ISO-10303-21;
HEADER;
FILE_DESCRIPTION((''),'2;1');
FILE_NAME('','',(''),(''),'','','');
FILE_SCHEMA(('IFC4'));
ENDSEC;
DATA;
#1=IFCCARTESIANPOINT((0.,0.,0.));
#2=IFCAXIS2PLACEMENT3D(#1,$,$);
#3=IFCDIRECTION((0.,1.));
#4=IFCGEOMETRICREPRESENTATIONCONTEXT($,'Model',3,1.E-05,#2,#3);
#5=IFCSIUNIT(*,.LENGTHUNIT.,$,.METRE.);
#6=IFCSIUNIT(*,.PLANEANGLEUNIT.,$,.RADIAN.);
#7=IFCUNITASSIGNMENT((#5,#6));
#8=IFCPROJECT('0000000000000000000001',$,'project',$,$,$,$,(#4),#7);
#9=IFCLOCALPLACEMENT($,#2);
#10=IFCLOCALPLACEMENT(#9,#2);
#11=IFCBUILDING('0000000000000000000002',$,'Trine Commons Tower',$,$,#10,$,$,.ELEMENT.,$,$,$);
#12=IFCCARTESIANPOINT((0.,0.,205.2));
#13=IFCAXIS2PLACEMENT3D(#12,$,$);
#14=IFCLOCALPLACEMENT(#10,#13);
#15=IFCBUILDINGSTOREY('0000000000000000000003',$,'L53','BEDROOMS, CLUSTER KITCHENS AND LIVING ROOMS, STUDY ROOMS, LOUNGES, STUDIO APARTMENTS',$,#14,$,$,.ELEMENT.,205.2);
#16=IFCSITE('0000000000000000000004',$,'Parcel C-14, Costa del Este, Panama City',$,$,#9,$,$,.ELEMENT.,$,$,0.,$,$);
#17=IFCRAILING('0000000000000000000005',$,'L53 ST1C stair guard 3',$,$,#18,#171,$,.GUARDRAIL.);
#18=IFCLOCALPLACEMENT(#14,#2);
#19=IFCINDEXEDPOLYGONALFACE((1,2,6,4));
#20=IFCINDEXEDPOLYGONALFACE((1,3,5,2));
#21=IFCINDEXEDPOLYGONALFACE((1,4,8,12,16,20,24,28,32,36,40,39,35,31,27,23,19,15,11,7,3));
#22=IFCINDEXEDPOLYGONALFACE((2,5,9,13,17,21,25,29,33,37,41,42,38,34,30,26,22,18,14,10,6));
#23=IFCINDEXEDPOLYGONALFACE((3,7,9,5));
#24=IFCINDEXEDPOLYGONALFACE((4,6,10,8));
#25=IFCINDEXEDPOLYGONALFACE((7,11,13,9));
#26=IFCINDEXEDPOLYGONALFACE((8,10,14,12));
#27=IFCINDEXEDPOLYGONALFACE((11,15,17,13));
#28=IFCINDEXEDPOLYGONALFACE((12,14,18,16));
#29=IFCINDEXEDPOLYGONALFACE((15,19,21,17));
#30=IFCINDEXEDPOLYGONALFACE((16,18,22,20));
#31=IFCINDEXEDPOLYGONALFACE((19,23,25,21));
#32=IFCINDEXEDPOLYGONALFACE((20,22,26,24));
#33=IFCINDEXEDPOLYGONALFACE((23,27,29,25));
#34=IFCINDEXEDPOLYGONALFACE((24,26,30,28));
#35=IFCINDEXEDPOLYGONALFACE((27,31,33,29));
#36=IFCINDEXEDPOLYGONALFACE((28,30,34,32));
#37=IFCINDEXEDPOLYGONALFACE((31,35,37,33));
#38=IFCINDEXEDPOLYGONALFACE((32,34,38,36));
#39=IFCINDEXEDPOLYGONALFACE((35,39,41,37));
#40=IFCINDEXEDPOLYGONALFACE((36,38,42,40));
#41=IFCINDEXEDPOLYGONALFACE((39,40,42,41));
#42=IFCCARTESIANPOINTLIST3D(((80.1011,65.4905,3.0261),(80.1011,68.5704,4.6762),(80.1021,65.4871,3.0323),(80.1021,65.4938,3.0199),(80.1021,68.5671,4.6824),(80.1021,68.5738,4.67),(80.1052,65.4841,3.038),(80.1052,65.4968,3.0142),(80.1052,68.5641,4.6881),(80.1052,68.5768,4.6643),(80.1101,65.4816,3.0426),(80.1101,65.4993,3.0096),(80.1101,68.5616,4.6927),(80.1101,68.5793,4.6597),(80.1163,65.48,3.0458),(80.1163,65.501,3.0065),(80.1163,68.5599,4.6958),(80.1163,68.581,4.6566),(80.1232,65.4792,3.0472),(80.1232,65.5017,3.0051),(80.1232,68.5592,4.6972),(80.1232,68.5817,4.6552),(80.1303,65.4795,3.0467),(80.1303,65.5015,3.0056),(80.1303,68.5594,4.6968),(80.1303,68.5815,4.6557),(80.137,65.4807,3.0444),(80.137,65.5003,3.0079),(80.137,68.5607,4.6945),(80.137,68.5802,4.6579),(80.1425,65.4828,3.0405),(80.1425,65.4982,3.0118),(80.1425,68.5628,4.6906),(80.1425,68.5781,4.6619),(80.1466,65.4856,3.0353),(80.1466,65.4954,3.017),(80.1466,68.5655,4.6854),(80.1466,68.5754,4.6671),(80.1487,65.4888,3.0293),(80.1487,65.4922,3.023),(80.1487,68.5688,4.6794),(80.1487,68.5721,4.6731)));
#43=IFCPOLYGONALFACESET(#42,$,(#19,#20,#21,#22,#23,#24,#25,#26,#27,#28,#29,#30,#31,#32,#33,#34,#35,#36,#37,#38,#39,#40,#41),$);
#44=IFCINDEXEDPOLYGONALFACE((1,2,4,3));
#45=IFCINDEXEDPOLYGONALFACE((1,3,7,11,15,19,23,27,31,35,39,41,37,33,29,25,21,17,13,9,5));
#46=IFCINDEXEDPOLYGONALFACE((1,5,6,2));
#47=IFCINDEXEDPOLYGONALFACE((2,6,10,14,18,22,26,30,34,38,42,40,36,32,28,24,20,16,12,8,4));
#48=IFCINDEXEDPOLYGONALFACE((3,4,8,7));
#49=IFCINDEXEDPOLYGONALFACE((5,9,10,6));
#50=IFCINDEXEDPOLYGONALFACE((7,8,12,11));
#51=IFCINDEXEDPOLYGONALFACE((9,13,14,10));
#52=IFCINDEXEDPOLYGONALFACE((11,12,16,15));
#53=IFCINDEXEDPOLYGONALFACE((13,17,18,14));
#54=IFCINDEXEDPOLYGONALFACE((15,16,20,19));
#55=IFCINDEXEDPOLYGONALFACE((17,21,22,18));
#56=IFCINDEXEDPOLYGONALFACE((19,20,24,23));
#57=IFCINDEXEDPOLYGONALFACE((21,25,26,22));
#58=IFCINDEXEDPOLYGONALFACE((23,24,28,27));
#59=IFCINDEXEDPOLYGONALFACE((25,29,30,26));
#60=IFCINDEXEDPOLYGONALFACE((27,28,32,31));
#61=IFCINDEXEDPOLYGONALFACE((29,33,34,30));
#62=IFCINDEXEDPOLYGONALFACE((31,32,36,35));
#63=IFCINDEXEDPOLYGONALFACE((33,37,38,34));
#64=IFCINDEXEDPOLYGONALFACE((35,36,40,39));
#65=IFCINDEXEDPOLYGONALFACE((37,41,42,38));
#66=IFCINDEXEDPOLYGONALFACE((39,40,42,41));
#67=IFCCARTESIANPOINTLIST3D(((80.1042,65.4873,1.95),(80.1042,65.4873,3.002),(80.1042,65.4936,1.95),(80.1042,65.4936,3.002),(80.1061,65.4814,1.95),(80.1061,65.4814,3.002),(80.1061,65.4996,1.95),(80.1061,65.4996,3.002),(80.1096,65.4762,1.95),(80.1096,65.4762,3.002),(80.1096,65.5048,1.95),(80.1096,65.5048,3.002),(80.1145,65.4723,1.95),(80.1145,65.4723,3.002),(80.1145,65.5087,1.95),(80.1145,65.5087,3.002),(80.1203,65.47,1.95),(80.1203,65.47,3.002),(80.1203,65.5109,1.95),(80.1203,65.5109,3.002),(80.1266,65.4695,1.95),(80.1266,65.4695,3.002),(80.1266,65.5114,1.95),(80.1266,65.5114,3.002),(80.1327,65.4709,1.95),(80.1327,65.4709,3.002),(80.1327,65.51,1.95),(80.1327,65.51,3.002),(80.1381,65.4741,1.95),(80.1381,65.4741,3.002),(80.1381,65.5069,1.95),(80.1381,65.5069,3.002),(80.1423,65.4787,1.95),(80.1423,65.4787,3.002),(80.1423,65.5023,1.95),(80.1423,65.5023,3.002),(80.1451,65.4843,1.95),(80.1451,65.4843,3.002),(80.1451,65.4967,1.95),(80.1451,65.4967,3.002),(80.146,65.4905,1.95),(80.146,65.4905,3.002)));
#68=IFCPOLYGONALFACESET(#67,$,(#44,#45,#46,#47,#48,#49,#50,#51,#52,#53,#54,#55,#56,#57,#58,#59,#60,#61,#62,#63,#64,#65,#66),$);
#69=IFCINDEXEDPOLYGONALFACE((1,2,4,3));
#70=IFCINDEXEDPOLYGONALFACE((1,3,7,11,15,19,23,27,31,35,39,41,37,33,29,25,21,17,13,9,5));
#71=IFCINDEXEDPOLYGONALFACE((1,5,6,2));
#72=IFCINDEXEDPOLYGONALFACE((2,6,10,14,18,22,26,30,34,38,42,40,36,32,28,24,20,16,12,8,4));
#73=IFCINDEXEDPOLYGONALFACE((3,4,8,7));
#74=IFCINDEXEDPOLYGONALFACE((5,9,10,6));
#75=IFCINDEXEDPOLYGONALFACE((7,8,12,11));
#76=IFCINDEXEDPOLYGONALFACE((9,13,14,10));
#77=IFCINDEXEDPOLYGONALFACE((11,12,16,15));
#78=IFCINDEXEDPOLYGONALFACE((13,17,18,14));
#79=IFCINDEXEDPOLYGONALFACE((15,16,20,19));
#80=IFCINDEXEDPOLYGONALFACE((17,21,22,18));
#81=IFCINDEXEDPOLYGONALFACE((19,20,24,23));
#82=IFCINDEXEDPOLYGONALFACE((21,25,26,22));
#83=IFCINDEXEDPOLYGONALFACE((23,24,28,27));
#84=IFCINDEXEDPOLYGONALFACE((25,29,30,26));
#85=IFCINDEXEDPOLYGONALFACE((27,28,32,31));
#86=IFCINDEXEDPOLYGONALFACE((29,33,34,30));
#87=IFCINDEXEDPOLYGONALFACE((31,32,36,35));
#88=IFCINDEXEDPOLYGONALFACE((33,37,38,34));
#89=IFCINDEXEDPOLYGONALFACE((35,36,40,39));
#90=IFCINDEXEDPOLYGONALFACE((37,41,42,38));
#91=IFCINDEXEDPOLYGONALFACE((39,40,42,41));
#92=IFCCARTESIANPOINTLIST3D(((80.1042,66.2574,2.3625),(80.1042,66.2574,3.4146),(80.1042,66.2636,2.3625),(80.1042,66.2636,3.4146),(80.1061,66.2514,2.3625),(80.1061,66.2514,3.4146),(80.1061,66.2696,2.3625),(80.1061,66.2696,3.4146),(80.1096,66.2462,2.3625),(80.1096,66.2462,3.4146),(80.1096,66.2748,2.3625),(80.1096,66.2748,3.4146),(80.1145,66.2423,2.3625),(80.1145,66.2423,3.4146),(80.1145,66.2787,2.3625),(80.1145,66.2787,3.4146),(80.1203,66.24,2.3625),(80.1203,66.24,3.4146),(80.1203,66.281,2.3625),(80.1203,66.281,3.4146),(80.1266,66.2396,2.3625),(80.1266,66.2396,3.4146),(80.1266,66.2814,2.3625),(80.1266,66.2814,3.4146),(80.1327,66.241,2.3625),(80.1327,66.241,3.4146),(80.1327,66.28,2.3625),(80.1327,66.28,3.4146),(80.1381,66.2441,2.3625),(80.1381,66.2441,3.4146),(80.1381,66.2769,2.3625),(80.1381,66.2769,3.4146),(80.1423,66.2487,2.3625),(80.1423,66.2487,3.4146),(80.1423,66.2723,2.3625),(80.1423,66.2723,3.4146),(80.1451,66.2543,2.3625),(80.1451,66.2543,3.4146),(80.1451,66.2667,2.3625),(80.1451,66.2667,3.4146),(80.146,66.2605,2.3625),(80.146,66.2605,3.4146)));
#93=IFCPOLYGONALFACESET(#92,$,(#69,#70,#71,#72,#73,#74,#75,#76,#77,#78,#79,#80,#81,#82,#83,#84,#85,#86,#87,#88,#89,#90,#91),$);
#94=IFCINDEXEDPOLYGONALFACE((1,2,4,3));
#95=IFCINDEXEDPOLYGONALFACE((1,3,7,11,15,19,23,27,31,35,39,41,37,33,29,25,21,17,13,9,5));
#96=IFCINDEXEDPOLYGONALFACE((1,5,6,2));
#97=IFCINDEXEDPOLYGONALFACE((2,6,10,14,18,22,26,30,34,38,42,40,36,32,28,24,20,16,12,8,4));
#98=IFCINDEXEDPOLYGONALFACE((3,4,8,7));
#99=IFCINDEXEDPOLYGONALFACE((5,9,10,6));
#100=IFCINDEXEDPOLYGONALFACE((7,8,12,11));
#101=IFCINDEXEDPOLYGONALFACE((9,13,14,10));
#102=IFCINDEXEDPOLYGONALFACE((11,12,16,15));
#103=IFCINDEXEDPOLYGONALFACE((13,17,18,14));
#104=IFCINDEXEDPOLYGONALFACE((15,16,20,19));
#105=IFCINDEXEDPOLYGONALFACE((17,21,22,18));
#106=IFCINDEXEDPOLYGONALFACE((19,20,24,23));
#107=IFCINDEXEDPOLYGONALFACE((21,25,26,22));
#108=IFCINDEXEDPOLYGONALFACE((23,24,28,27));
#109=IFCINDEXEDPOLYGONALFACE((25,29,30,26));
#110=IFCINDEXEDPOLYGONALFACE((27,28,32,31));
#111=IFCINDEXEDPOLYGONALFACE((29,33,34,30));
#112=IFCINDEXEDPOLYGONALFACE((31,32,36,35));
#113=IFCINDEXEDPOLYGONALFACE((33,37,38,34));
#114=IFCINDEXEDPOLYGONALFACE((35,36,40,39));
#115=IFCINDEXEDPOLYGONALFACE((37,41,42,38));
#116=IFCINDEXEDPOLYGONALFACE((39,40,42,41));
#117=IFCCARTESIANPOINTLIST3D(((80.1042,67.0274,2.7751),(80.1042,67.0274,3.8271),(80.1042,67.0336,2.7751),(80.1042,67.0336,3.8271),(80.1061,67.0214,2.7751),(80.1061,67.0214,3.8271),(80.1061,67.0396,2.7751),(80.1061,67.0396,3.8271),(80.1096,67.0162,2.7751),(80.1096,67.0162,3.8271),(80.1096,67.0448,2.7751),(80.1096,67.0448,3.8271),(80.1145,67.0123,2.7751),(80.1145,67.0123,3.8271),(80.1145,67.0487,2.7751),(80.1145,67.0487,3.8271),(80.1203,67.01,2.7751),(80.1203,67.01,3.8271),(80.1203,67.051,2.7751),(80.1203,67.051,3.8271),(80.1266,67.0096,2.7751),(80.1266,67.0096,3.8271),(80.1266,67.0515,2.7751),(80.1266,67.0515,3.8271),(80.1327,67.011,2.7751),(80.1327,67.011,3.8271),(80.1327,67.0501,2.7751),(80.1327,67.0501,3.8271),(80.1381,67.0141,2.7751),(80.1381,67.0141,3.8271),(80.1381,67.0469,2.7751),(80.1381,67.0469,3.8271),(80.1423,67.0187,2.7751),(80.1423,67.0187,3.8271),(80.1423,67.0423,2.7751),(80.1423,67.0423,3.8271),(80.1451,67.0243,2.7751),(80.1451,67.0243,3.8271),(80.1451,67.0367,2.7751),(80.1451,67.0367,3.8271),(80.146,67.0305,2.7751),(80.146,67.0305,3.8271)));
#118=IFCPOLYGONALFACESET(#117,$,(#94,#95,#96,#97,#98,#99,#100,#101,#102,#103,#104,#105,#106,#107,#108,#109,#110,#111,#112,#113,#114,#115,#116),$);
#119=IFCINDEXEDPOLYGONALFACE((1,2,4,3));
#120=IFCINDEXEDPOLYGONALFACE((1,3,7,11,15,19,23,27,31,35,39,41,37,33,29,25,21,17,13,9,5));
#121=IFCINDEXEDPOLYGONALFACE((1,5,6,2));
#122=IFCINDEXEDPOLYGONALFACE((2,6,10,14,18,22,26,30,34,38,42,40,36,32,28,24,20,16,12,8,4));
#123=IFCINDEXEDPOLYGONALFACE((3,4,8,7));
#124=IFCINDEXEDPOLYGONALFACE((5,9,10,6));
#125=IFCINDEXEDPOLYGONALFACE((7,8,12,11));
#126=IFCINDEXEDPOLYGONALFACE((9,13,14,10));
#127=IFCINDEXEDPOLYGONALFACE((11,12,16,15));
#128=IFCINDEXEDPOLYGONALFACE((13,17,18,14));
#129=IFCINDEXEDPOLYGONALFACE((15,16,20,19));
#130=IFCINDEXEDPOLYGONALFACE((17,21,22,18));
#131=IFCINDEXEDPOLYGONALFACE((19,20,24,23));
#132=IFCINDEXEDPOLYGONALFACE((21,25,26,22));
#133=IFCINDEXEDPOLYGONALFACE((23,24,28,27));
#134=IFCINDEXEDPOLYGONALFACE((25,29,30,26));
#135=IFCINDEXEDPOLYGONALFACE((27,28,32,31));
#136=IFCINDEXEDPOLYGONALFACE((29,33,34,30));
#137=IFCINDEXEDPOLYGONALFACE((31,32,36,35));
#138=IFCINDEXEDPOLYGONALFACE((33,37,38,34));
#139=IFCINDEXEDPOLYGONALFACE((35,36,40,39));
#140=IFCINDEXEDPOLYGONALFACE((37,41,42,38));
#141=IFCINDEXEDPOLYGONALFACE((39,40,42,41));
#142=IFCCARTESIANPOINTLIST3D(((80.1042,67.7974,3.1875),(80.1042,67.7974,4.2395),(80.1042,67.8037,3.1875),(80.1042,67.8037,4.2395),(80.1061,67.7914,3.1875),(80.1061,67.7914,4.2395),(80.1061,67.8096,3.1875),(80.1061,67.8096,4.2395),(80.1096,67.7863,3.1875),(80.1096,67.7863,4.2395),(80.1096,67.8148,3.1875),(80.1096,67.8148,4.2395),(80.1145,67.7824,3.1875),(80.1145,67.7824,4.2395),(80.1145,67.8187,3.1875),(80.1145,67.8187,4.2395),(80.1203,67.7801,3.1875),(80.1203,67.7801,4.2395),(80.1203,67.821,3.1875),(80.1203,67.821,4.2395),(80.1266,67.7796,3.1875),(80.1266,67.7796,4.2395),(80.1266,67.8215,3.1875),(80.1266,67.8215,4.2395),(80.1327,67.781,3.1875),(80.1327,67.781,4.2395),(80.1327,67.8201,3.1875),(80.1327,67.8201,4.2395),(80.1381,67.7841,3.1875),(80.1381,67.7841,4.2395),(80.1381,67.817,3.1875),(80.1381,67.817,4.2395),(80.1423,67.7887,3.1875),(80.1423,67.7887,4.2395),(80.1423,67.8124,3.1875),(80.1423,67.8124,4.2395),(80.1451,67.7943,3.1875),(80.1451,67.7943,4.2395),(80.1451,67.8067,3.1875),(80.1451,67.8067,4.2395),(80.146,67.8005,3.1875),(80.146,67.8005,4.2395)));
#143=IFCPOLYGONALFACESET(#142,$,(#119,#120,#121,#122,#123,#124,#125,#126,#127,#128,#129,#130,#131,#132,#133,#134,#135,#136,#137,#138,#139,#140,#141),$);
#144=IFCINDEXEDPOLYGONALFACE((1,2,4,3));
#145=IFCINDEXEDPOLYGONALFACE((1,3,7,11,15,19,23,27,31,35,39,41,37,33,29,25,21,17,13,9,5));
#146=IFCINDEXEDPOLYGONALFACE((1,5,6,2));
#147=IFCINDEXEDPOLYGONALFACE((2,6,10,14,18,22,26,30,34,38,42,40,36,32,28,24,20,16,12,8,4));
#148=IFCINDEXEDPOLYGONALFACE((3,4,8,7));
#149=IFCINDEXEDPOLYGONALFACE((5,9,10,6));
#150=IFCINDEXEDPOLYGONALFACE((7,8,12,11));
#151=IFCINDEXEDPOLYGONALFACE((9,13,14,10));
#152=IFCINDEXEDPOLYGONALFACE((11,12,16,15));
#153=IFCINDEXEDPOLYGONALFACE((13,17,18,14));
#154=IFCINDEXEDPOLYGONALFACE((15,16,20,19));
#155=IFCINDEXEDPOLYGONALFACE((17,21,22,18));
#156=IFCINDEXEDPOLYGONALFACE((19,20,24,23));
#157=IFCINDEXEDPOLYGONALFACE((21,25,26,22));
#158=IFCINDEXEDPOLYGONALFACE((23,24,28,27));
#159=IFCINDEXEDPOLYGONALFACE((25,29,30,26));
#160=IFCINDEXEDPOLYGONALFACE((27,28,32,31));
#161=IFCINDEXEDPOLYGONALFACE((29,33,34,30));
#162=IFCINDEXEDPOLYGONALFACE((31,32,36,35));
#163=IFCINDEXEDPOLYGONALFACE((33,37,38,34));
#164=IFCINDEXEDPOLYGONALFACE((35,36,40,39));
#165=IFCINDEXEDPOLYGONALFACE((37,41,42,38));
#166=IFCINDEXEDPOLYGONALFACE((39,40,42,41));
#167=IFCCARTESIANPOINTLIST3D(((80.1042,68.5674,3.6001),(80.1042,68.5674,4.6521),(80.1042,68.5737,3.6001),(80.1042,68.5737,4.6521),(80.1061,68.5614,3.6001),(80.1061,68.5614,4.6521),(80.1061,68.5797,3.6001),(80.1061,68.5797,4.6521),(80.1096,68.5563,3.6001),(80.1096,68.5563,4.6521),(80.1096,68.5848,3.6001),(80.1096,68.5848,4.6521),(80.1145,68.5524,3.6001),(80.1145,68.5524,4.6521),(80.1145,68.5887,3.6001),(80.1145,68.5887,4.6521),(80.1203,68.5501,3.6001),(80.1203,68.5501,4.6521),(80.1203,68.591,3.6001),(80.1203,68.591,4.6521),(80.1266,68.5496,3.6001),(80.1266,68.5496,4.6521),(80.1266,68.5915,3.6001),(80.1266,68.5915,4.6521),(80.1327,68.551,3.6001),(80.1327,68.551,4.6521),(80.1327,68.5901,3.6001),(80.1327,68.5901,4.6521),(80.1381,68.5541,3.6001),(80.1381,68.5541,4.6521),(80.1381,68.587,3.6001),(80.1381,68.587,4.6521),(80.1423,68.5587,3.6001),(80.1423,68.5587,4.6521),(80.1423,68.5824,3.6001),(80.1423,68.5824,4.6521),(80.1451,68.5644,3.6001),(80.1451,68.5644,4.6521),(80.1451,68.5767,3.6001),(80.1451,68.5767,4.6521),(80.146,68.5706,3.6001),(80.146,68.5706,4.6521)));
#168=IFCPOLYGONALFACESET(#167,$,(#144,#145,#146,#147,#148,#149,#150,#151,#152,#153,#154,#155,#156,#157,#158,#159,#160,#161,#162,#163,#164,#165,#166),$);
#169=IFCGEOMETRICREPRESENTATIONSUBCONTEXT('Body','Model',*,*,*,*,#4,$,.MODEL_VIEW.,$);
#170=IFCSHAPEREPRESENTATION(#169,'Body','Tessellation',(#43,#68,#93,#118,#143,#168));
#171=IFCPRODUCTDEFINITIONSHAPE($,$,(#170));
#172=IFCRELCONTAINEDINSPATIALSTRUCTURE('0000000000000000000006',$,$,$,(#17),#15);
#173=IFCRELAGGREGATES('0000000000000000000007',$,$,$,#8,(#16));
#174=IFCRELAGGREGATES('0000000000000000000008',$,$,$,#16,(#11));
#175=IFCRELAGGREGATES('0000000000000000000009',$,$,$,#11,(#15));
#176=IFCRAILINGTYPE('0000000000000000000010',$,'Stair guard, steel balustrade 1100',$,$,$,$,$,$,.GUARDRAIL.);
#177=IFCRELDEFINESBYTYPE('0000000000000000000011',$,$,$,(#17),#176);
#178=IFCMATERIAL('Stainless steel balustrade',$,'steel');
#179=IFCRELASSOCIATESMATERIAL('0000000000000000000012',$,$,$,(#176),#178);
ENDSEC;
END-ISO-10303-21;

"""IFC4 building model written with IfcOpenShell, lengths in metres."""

from ifc_helpers import new_model, si_unit, direction, frame, origin, origin_2d, place, context, subcontext, project, spatial, circle, extrude, material, type_object, element, save


model = new_model("IFC4")

# Units and contexts
model_context = context("Model", 3, precision=1e-05, world=origin(), true_north=direction((0.0, 1.0)))
body_context = subcontext(model_context, "Body", "Model", "MODEL_VIEW")
ifc_project = project(units=[si_unit("LENGTHUNIT", "METRE"), si_unit("PLANEANGLEUNIT", "RADIAN")], contexts=[model_context])

# Site, building, storey
site_placement = place(None, origin())
site = spatial("IfcSite", under=ifc_project, at=site_placement, Name="Parcel C-14, Costa del Este, Panama City", CompositionType="ELEMENT", RefElevation=0.0)
building_placement = place(site_placement, origin())
building = spatial("IfcBuilding", under=site, at=building_placement, Name="Trine Commons Tower", CompositionType="ELEMENT")
storey_placement = place(building_placement, frame((0.0, 0.0, 205.2)))
storey = spatial("IfcBuildingStorey", under=building, at=storey_placement, Name="L53", Description="BEDROOMS, CLUSTER KITCHENS AND LIVING ROOMS, STUDY ROOMS, LOUNGES, STUDIO APARTMENTS", CompositionType="ELEMENT", Elevation=205.2)

# Railing
ifc_material_1 = material(Name="Stainless steel balustrade", Category="steel")
railing_type_1 = type_object("IfcRailingType", Name="Stair guard, steel balustrade 1100", PredefinedType="GUARDRAIL", material=ifc_material_1)
railing_1_placement = place(storey_placement, frame((80.125, 65.4905, 1.95)))
element("IfcRailing", 1, at=railing_1_placement, inside=storey, type_object=railing_type_1, Name="L53 ST1C stair guard 3", PredefinedType="GUARDRAIL", context=body_context, shape_type="SweptSolid", body=[
    extrude(circle(Radius=0.0239, at=origin_2d()), frame((0.0, 0.0, 1.0762), z_axis=(0.0, 0.881468, 0.472245), x_axis=(-1.0, 0.0, 0.0)), (0.0, 0.0, 1.0), 3.4941),
    extrude(circle(Radius=0.021, at=origin_2d()), origin(), (0.0, 0.0, 1.0), 1.052),
    extrude(circle(Radius=0.021, at=origin_2d()), frame((0.0, 0.77, 0.4126)), (0.0, 0.0, 1.0), 1.052),
    extrude(circle(Radius=0.021, at=origin_2d()), frame((0.0, 1.54, 0.8252)), (0.0, 0.0, 1.0), 1.052),
    extrude(circle(Radius=0.021, at=origin_2d()), frame((0.0, 2.3101, 1.2375)), (0.0, 0.0, 1.0), 1.052),
    extrude(circle(Radius=0.021, at=origin_2d()), frame((0.0, 3.0801, 1.6501)), (0.0, 0.0, 1.0), 1.052),
])

save(model, "model.ifc")
